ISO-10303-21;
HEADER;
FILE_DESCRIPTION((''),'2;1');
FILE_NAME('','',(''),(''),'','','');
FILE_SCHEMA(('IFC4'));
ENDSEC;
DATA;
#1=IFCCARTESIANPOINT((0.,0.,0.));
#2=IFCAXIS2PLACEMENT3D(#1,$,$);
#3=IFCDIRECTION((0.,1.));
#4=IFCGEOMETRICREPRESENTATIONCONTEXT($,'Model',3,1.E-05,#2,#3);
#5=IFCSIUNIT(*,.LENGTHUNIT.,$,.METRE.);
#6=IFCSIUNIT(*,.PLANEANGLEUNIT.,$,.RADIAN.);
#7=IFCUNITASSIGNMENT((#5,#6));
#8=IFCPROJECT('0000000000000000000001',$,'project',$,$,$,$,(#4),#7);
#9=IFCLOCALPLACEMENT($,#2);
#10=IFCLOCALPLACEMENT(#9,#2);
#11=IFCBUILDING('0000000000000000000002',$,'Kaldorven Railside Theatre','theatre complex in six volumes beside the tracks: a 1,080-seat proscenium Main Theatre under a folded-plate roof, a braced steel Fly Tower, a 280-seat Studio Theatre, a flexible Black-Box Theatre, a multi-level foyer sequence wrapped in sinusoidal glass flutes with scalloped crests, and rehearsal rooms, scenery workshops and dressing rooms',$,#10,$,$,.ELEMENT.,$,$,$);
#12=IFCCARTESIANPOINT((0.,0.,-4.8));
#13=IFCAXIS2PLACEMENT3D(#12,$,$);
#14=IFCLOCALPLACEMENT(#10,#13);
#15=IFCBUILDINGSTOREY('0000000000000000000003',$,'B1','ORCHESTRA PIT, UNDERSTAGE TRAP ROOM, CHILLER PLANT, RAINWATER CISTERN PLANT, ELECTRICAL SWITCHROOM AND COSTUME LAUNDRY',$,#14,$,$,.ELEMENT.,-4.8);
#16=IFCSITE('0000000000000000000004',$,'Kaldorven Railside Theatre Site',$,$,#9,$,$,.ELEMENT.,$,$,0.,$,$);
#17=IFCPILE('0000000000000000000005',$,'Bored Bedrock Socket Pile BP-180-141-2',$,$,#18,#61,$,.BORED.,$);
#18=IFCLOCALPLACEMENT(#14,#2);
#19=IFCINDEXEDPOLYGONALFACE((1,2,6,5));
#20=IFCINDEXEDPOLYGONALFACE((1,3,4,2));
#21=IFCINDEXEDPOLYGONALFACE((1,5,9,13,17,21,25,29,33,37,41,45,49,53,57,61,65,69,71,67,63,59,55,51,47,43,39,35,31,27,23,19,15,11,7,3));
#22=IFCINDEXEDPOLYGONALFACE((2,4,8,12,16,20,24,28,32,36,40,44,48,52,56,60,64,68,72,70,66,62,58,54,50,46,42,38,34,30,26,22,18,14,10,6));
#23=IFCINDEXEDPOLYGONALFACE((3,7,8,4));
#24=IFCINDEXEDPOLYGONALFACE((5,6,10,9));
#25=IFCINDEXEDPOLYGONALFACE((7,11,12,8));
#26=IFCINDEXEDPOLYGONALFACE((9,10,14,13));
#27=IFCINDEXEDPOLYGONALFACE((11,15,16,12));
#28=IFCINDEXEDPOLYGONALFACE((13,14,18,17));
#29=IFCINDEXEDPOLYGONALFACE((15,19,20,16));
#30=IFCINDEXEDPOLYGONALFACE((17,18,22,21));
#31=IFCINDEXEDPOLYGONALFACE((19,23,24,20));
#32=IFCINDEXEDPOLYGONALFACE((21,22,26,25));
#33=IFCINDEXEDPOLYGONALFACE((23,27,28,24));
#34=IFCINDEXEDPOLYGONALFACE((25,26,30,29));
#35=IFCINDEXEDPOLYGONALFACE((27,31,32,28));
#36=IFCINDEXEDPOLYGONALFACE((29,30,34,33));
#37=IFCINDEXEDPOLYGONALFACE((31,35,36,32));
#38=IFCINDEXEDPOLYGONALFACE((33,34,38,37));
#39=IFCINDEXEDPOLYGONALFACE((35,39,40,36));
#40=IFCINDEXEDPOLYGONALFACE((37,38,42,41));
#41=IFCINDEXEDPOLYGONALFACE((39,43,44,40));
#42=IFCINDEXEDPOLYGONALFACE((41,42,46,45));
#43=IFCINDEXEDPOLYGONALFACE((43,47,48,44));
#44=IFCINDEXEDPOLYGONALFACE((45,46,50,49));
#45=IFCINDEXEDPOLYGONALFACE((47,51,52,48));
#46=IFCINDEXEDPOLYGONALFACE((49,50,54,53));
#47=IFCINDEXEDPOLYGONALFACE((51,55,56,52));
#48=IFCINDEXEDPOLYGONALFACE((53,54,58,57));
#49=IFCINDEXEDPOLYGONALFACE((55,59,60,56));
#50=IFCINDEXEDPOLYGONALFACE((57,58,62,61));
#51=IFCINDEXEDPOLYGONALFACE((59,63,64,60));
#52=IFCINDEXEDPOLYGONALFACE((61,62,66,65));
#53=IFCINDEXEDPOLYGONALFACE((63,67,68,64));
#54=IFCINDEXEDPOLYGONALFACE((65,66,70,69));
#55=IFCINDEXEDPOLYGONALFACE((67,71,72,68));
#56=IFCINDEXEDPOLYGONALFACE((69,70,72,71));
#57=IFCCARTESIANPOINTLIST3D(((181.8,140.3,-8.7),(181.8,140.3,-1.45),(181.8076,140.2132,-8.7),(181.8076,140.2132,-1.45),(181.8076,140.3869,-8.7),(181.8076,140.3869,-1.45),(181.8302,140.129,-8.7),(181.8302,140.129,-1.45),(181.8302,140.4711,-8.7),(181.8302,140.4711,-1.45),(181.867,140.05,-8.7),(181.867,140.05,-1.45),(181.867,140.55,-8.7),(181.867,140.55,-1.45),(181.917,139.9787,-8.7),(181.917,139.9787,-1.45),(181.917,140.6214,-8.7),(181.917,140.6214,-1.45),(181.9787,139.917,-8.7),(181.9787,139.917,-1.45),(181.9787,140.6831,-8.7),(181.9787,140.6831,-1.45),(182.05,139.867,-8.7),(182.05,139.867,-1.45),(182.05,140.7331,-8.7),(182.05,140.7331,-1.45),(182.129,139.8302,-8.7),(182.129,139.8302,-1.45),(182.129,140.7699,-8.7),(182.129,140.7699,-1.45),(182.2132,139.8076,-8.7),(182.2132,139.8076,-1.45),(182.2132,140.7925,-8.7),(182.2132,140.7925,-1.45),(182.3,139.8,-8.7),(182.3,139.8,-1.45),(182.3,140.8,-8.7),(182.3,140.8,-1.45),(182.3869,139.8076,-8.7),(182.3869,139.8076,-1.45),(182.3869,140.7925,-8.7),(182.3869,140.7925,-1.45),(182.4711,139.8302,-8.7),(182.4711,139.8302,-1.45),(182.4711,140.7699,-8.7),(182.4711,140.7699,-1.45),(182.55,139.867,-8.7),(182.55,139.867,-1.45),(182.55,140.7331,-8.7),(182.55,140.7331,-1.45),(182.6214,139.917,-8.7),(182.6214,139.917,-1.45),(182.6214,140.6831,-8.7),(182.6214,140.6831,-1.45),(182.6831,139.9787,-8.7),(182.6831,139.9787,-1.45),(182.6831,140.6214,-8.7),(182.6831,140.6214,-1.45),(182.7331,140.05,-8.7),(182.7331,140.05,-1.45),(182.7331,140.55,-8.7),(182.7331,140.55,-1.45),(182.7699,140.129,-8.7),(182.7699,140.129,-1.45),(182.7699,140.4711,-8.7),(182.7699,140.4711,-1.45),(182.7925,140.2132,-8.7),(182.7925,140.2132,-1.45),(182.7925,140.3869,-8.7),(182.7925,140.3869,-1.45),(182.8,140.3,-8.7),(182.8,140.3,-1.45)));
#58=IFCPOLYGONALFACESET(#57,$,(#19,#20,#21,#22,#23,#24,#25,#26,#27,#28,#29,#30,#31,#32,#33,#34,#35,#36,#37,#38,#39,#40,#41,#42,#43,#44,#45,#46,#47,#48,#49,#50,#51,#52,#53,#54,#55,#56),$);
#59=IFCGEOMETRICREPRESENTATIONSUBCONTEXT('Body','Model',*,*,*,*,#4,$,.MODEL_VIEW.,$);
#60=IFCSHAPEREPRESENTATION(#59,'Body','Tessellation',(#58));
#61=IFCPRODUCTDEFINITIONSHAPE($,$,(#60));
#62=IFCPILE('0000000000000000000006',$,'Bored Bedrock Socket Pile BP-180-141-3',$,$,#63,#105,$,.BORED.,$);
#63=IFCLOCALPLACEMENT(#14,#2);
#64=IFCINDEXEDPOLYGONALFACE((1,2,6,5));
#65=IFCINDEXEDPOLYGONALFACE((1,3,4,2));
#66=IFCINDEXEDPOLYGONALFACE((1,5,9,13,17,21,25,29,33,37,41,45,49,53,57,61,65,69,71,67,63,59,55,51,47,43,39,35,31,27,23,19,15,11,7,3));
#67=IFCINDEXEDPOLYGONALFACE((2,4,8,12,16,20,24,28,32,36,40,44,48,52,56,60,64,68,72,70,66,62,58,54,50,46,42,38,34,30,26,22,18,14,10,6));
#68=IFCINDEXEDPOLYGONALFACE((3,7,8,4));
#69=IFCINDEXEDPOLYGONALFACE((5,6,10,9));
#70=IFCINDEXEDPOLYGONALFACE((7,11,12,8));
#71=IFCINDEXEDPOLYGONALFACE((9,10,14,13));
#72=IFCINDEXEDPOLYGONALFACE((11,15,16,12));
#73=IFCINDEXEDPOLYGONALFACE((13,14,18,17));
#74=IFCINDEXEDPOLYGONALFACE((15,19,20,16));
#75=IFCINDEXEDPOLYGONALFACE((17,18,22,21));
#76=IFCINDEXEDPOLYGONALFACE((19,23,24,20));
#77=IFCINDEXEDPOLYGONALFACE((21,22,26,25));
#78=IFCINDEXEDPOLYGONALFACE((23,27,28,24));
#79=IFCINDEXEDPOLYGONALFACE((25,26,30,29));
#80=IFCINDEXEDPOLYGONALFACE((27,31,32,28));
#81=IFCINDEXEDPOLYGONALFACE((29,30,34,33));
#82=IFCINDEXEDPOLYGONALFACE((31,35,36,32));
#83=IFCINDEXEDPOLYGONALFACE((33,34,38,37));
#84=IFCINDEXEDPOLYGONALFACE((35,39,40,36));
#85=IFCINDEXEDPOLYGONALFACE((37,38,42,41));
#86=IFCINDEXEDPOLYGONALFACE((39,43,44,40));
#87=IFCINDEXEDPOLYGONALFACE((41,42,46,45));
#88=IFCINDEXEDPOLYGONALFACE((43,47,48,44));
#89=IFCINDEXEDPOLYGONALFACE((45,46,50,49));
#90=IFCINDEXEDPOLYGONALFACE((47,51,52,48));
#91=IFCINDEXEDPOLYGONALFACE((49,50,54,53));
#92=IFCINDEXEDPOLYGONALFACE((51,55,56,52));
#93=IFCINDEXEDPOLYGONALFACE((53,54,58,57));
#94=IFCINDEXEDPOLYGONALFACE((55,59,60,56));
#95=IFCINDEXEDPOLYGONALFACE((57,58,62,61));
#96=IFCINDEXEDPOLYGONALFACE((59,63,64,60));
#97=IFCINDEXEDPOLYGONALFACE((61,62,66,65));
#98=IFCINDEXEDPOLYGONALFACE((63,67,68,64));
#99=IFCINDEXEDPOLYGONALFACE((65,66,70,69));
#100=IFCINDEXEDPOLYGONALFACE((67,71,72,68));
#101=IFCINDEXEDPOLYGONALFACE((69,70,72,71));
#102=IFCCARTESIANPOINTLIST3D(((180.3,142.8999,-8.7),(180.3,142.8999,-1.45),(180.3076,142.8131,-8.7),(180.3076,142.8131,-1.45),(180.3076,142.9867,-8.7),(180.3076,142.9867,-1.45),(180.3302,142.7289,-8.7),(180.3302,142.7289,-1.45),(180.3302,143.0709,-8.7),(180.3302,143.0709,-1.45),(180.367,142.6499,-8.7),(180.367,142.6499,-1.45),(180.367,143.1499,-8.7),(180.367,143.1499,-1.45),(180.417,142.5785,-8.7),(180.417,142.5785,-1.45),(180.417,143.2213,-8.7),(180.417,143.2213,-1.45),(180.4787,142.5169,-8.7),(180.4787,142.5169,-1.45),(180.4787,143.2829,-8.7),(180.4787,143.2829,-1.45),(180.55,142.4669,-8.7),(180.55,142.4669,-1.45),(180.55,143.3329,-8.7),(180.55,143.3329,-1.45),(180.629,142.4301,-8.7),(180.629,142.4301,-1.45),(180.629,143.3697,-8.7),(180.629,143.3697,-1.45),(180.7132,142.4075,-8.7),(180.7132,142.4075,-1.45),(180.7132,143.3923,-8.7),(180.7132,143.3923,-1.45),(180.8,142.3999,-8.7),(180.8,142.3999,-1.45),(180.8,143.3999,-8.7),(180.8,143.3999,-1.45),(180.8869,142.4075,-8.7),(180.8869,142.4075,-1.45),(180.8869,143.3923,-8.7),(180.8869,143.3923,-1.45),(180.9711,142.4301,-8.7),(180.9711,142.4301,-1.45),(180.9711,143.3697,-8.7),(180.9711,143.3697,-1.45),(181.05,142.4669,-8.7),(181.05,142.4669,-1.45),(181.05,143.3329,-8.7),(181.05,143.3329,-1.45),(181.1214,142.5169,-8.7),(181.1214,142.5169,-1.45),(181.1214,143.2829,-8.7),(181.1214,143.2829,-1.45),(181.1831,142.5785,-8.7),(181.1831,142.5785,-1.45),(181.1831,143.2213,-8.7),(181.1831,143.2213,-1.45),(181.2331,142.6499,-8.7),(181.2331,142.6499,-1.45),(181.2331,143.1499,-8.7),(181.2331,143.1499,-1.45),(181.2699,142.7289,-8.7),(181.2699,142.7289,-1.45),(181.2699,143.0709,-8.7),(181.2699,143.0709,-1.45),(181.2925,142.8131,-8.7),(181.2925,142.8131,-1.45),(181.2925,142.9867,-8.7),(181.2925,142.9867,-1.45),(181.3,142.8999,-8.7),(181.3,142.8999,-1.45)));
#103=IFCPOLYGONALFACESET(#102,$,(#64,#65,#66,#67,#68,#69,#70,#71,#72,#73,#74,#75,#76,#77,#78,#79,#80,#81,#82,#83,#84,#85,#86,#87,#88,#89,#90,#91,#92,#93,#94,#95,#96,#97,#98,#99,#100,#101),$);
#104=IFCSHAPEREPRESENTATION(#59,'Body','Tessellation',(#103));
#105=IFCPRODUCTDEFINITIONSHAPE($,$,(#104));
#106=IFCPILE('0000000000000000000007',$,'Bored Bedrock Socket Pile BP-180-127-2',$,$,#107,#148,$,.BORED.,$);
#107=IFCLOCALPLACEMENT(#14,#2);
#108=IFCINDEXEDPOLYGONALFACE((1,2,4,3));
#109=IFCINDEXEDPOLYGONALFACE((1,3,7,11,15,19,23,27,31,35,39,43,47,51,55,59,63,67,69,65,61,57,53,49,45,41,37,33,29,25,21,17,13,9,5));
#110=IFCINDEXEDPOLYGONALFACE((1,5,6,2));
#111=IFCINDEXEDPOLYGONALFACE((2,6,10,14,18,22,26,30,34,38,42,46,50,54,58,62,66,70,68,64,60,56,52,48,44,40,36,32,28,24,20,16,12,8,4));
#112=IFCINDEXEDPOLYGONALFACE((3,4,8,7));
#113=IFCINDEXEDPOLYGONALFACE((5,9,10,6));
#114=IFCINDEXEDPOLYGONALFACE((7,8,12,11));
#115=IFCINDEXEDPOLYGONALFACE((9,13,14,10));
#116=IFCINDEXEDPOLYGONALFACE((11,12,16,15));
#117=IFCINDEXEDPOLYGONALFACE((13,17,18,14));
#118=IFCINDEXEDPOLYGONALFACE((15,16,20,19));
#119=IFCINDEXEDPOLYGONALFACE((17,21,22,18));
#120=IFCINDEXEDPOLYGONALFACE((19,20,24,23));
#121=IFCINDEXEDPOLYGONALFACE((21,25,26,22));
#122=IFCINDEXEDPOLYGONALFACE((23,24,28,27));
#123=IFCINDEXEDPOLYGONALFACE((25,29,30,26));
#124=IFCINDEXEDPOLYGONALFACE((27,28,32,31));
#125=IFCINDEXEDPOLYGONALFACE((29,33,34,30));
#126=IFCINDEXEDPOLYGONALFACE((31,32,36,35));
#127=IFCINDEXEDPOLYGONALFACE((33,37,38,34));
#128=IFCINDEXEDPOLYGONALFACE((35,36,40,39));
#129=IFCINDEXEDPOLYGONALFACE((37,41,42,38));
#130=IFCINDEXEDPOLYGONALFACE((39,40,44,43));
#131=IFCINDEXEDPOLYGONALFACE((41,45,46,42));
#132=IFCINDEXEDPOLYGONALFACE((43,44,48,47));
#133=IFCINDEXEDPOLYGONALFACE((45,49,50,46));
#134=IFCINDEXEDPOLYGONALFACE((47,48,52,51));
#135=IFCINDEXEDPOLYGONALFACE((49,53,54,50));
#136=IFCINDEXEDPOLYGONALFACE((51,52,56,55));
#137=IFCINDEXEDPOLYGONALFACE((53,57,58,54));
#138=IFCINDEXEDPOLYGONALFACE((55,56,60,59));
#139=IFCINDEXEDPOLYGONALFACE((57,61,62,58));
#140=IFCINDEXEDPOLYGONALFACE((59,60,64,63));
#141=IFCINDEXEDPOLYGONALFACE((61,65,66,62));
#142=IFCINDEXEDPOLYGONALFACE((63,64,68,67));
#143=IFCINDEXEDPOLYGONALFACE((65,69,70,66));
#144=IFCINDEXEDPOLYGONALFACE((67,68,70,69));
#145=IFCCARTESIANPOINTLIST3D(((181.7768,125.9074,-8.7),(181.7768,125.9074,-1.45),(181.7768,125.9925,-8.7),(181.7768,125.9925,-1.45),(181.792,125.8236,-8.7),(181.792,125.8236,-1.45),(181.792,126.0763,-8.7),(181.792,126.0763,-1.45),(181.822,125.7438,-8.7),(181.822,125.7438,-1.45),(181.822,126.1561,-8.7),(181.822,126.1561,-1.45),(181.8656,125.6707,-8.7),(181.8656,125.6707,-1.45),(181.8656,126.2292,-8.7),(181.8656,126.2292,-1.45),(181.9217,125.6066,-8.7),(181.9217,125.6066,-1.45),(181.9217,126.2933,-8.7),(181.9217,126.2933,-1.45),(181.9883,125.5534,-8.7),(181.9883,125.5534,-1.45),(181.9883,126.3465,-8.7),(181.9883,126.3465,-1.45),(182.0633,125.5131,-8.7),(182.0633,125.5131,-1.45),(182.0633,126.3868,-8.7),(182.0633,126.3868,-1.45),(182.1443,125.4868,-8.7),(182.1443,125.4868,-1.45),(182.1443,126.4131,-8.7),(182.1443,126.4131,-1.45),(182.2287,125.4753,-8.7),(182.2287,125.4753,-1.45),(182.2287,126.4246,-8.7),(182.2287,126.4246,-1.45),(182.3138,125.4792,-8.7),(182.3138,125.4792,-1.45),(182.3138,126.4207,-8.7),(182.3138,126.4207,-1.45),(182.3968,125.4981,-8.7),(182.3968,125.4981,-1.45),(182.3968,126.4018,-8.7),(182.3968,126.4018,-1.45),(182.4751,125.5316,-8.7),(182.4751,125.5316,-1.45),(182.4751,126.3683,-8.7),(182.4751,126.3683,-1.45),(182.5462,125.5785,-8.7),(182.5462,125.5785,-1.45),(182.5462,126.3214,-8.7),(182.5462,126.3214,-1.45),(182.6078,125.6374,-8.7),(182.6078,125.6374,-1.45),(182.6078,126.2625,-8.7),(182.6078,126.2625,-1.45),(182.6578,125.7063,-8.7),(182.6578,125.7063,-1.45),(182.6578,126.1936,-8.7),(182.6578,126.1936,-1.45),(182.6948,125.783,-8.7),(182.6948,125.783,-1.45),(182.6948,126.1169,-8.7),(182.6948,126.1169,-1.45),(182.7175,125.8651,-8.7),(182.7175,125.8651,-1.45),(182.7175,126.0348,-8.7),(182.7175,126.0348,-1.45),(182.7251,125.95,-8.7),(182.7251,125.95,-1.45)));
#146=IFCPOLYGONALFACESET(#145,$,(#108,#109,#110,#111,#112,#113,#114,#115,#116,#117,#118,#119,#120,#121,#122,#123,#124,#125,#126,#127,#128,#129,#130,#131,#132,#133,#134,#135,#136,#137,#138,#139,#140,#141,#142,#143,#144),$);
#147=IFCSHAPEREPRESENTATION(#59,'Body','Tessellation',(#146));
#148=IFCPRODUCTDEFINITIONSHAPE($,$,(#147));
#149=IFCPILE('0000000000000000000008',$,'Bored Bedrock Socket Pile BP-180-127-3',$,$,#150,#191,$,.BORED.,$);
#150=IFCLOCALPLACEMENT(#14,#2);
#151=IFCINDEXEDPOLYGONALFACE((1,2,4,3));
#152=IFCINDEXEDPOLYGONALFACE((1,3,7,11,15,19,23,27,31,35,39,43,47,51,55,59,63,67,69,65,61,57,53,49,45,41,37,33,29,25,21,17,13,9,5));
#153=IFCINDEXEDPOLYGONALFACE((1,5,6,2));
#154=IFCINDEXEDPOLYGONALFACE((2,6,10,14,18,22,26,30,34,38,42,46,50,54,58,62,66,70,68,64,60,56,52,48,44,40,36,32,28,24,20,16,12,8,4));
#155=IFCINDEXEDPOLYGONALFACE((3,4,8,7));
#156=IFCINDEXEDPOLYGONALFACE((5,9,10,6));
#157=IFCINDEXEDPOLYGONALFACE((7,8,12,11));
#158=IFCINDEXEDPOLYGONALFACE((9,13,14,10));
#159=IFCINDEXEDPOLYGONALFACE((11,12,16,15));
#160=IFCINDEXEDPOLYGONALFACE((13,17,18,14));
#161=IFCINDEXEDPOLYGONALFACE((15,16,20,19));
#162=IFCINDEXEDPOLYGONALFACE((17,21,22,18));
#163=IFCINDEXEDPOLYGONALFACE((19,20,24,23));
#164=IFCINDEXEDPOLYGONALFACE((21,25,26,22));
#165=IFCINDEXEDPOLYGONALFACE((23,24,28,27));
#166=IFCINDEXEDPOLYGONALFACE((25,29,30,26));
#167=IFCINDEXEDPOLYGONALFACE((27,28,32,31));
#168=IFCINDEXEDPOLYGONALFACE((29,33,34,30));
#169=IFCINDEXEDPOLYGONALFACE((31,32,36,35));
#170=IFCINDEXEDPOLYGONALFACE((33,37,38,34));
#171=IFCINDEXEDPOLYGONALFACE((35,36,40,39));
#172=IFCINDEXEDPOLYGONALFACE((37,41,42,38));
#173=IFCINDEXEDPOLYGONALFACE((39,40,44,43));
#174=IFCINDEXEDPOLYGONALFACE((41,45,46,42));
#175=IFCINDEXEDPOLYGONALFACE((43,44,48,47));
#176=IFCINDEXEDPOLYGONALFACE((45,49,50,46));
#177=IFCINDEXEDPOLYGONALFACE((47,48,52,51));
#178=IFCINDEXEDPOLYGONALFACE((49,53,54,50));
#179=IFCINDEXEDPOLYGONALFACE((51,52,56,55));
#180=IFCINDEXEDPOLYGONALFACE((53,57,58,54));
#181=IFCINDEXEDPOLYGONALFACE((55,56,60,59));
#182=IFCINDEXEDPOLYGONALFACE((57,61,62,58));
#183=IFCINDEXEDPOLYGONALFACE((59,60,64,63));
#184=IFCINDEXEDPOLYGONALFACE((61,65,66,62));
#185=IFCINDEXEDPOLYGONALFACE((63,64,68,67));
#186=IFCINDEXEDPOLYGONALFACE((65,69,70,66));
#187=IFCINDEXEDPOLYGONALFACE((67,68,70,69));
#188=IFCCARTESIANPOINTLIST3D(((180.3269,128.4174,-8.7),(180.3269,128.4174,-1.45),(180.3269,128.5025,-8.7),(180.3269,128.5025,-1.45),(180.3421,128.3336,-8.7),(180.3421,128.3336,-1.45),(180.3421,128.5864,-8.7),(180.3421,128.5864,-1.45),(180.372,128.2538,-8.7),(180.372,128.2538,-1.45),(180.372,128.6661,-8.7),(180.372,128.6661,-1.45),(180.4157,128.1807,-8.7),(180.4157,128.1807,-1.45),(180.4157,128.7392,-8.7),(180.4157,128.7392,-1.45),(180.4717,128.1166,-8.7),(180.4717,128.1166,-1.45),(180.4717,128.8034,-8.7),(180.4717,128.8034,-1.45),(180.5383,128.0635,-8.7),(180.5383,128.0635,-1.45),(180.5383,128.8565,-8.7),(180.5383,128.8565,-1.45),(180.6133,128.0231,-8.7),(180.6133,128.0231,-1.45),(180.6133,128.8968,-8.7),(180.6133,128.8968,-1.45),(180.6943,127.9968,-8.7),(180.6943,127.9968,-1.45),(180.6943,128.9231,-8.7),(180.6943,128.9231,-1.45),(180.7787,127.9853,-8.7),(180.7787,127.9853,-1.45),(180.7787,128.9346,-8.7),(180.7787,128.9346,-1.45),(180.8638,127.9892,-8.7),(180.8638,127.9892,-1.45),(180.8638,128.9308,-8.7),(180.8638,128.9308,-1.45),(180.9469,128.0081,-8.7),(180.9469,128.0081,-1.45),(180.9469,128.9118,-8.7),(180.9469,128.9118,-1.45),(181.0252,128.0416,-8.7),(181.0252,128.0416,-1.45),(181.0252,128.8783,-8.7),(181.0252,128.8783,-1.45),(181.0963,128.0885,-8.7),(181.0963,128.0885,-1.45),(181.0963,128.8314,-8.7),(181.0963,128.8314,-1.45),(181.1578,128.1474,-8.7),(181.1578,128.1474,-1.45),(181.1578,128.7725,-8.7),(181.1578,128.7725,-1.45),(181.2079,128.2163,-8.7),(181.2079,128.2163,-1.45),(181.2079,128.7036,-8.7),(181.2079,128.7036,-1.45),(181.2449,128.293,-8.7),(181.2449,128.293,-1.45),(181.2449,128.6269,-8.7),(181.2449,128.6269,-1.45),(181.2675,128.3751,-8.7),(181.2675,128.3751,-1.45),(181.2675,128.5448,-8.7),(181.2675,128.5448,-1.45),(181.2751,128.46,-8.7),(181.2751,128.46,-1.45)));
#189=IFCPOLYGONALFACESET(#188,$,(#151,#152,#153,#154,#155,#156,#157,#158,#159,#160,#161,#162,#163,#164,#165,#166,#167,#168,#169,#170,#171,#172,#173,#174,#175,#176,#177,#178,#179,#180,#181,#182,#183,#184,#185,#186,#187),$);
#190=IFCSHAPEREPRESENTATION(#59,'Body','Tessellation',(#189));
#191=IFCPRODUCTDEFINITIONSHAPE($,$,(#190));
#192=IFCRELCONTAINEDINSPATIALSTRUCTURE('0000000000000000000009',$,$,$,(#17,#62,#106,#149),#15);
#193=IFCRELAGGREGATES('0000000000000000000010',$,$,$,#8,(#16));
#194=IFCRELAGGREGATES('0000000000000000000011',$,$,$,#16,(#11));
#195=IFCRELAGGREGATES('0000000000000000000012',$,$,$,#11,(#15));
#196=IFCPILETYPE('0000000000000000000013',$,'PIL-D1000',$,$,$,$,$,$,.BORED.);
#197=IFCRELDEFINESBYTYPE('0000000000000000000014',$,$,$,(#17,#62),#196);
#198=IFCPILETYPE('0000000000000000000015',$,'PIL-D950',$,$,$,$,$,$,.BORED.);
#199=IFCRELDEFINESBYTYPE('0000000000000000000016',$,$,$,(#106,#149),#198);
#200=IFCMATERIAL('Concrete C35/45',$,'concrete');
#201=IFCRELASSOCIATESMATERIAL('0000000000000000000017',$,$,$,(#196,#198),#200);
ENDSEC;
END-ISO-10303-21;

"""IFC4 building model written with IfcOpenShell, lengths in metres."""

from ifc_helpers import new_model, si_unit, direction, frame, origin, origin_2d, place, context, subcontext, project, spatial, circle, extrude, material, material_profile, profile_set, type_object, element, save


model = new_model("IFC4")

# Units and contexts
model_context = context("Model", 3, precision=1e-05, world=origin(), true_north=direction((0.0, 1.0)))
body_context = subcontext(model_context, "Body", "Model", "MODEL_VIEW")
ifc_project = project(units=[si_unit("LENGTHUNIT", "METRE"), si_unit("PLANEANGLEUNIT", "RADIAN")], contexts=[model_context])

# Site, building, storey
site_placement = place(None, origin())
site = spatial("IfcSite", under=ifc_project, at=site_placement, Name="Kaldorven Railside Theatre Site", CompositionType="ELEMENT", RefElevation=0.0)
building_placement = place(site_placement, origin())
building = spatial("IfcBuilding", under=site, at=building_placement, Name="Kaldorven Railside Theatre", Description="theatre complex in six volumes beside the tracks: a 1,080-seat proscenium Main Theatre under a folded-plate roof, a braced steel Fly Tower, a 280-seat Studio Theatre, a flexible Black-Box Theatre, a multi-level foyer sequence wrapped in sinusoidal glass flutes with scalloped crests, and rehearsal rooms, scenery workshops and dressing rooms", CompositionType="ELEMENT")
storey_placement = place(building_placement, frame((0.0, 0.0, -4.8)))
storey = spatial("IfcBuildingStorey", under=building, at=storey_placement, Name="B1", Description="ORCHESTRA PIT, UNDERSTAGE TRAP ROOM, CHILLER PLANT, RAINWATER CISTERN PLANT, ELECTRICAL SWITCHROOM AND COSTUME LAUNDRY", CompositionType="ELEMENT", Elevation=-4.8)

# Piles
ifc_material_1 = material(Name="Concrete C35/45", Category="concrete")
ifc_material_profile_1 = material_profile(ifc_material_1, circle(Radius=0.5, at=origin_2d()), Name="BP D1000")
ifc_profile_set_1 = profile_set([ifc_material_profile_1], Name="Concrete C35/45")
pile_type_1 = type_object("IfcPileType", Name="PIL-D1000", PredefinedType="BORED", material=ifc_profile_set_1)
for number, where, z_axis, x_axis, name in (
    (1, (182.3, 140.3, -1.45), (0.0, 0.0, -1.0), (1.0, 0.0, 0.0), "Bored Bedrock Socket Pile BP-180-141-2"),
    (2, (180.8, 142.8999, -1.45), (0.0, 0.0, -1.0), (1.0, 0.0, 0.0), "Bored Bedrock Socket Pile BP-180-141-3"),
):
    element("IfcPile", number, at=place(storey_placement, frame(where, z_axis=z_axis, x_axis=x_axis)), inside=storey, type_object=pile_type_1, Name=name, PredefinedType="BORED", context=body_context, shape_type="SweptSolid", body=[
        extrude(circle(Radius=0.5, at=origin_2d()), origin(), (0.0, 0.0, 1.0), 7.25),
    ])
ifc_material_profile_2 = material_profile(ifc_material_1, circle(Radius=0.4751, at=origin_2d()), Name="BP D950")
ifc_profile_set_2 = profile_set([ifc_material_profile_2], Name="Concrete C35/45")
pile_type_2 = type_object("IfcPileType", Name="PIL-D950", PredefinedType="BORED", material=ifc_profile_set_2)
for number, where, z_axis, x_axis, name in (
    (3, (182.25, 125.95, -1.45), (0.0, 0.0, -1.0), (1.0, 0.0, 0.0), "Bored Bedrock Socket Pile BP-180-127-2"),
    (4, (180.8, 128.46, -1.45), (0.0, 0.0, -1.0), (1.0, 0.0, 0.0), "Bored Bedrock Socket Pile BP-180-127-3"),
):
    element("IfcPile", number, at=place(storey_placement, frame(where, z_axis=z_axis, x_axis=x_axis)), inside=storey, type_object=pile_type_2, Name=name, PredefinedType="BORED", context=body_context, shape_type="SweptSolid", body=[
        extrude(circle(Radius=0.4751, at=origin_2d()), origin(), (0.0, 0.0, 1.0), 7.25),
    ])

save(model, "model.ifc")
